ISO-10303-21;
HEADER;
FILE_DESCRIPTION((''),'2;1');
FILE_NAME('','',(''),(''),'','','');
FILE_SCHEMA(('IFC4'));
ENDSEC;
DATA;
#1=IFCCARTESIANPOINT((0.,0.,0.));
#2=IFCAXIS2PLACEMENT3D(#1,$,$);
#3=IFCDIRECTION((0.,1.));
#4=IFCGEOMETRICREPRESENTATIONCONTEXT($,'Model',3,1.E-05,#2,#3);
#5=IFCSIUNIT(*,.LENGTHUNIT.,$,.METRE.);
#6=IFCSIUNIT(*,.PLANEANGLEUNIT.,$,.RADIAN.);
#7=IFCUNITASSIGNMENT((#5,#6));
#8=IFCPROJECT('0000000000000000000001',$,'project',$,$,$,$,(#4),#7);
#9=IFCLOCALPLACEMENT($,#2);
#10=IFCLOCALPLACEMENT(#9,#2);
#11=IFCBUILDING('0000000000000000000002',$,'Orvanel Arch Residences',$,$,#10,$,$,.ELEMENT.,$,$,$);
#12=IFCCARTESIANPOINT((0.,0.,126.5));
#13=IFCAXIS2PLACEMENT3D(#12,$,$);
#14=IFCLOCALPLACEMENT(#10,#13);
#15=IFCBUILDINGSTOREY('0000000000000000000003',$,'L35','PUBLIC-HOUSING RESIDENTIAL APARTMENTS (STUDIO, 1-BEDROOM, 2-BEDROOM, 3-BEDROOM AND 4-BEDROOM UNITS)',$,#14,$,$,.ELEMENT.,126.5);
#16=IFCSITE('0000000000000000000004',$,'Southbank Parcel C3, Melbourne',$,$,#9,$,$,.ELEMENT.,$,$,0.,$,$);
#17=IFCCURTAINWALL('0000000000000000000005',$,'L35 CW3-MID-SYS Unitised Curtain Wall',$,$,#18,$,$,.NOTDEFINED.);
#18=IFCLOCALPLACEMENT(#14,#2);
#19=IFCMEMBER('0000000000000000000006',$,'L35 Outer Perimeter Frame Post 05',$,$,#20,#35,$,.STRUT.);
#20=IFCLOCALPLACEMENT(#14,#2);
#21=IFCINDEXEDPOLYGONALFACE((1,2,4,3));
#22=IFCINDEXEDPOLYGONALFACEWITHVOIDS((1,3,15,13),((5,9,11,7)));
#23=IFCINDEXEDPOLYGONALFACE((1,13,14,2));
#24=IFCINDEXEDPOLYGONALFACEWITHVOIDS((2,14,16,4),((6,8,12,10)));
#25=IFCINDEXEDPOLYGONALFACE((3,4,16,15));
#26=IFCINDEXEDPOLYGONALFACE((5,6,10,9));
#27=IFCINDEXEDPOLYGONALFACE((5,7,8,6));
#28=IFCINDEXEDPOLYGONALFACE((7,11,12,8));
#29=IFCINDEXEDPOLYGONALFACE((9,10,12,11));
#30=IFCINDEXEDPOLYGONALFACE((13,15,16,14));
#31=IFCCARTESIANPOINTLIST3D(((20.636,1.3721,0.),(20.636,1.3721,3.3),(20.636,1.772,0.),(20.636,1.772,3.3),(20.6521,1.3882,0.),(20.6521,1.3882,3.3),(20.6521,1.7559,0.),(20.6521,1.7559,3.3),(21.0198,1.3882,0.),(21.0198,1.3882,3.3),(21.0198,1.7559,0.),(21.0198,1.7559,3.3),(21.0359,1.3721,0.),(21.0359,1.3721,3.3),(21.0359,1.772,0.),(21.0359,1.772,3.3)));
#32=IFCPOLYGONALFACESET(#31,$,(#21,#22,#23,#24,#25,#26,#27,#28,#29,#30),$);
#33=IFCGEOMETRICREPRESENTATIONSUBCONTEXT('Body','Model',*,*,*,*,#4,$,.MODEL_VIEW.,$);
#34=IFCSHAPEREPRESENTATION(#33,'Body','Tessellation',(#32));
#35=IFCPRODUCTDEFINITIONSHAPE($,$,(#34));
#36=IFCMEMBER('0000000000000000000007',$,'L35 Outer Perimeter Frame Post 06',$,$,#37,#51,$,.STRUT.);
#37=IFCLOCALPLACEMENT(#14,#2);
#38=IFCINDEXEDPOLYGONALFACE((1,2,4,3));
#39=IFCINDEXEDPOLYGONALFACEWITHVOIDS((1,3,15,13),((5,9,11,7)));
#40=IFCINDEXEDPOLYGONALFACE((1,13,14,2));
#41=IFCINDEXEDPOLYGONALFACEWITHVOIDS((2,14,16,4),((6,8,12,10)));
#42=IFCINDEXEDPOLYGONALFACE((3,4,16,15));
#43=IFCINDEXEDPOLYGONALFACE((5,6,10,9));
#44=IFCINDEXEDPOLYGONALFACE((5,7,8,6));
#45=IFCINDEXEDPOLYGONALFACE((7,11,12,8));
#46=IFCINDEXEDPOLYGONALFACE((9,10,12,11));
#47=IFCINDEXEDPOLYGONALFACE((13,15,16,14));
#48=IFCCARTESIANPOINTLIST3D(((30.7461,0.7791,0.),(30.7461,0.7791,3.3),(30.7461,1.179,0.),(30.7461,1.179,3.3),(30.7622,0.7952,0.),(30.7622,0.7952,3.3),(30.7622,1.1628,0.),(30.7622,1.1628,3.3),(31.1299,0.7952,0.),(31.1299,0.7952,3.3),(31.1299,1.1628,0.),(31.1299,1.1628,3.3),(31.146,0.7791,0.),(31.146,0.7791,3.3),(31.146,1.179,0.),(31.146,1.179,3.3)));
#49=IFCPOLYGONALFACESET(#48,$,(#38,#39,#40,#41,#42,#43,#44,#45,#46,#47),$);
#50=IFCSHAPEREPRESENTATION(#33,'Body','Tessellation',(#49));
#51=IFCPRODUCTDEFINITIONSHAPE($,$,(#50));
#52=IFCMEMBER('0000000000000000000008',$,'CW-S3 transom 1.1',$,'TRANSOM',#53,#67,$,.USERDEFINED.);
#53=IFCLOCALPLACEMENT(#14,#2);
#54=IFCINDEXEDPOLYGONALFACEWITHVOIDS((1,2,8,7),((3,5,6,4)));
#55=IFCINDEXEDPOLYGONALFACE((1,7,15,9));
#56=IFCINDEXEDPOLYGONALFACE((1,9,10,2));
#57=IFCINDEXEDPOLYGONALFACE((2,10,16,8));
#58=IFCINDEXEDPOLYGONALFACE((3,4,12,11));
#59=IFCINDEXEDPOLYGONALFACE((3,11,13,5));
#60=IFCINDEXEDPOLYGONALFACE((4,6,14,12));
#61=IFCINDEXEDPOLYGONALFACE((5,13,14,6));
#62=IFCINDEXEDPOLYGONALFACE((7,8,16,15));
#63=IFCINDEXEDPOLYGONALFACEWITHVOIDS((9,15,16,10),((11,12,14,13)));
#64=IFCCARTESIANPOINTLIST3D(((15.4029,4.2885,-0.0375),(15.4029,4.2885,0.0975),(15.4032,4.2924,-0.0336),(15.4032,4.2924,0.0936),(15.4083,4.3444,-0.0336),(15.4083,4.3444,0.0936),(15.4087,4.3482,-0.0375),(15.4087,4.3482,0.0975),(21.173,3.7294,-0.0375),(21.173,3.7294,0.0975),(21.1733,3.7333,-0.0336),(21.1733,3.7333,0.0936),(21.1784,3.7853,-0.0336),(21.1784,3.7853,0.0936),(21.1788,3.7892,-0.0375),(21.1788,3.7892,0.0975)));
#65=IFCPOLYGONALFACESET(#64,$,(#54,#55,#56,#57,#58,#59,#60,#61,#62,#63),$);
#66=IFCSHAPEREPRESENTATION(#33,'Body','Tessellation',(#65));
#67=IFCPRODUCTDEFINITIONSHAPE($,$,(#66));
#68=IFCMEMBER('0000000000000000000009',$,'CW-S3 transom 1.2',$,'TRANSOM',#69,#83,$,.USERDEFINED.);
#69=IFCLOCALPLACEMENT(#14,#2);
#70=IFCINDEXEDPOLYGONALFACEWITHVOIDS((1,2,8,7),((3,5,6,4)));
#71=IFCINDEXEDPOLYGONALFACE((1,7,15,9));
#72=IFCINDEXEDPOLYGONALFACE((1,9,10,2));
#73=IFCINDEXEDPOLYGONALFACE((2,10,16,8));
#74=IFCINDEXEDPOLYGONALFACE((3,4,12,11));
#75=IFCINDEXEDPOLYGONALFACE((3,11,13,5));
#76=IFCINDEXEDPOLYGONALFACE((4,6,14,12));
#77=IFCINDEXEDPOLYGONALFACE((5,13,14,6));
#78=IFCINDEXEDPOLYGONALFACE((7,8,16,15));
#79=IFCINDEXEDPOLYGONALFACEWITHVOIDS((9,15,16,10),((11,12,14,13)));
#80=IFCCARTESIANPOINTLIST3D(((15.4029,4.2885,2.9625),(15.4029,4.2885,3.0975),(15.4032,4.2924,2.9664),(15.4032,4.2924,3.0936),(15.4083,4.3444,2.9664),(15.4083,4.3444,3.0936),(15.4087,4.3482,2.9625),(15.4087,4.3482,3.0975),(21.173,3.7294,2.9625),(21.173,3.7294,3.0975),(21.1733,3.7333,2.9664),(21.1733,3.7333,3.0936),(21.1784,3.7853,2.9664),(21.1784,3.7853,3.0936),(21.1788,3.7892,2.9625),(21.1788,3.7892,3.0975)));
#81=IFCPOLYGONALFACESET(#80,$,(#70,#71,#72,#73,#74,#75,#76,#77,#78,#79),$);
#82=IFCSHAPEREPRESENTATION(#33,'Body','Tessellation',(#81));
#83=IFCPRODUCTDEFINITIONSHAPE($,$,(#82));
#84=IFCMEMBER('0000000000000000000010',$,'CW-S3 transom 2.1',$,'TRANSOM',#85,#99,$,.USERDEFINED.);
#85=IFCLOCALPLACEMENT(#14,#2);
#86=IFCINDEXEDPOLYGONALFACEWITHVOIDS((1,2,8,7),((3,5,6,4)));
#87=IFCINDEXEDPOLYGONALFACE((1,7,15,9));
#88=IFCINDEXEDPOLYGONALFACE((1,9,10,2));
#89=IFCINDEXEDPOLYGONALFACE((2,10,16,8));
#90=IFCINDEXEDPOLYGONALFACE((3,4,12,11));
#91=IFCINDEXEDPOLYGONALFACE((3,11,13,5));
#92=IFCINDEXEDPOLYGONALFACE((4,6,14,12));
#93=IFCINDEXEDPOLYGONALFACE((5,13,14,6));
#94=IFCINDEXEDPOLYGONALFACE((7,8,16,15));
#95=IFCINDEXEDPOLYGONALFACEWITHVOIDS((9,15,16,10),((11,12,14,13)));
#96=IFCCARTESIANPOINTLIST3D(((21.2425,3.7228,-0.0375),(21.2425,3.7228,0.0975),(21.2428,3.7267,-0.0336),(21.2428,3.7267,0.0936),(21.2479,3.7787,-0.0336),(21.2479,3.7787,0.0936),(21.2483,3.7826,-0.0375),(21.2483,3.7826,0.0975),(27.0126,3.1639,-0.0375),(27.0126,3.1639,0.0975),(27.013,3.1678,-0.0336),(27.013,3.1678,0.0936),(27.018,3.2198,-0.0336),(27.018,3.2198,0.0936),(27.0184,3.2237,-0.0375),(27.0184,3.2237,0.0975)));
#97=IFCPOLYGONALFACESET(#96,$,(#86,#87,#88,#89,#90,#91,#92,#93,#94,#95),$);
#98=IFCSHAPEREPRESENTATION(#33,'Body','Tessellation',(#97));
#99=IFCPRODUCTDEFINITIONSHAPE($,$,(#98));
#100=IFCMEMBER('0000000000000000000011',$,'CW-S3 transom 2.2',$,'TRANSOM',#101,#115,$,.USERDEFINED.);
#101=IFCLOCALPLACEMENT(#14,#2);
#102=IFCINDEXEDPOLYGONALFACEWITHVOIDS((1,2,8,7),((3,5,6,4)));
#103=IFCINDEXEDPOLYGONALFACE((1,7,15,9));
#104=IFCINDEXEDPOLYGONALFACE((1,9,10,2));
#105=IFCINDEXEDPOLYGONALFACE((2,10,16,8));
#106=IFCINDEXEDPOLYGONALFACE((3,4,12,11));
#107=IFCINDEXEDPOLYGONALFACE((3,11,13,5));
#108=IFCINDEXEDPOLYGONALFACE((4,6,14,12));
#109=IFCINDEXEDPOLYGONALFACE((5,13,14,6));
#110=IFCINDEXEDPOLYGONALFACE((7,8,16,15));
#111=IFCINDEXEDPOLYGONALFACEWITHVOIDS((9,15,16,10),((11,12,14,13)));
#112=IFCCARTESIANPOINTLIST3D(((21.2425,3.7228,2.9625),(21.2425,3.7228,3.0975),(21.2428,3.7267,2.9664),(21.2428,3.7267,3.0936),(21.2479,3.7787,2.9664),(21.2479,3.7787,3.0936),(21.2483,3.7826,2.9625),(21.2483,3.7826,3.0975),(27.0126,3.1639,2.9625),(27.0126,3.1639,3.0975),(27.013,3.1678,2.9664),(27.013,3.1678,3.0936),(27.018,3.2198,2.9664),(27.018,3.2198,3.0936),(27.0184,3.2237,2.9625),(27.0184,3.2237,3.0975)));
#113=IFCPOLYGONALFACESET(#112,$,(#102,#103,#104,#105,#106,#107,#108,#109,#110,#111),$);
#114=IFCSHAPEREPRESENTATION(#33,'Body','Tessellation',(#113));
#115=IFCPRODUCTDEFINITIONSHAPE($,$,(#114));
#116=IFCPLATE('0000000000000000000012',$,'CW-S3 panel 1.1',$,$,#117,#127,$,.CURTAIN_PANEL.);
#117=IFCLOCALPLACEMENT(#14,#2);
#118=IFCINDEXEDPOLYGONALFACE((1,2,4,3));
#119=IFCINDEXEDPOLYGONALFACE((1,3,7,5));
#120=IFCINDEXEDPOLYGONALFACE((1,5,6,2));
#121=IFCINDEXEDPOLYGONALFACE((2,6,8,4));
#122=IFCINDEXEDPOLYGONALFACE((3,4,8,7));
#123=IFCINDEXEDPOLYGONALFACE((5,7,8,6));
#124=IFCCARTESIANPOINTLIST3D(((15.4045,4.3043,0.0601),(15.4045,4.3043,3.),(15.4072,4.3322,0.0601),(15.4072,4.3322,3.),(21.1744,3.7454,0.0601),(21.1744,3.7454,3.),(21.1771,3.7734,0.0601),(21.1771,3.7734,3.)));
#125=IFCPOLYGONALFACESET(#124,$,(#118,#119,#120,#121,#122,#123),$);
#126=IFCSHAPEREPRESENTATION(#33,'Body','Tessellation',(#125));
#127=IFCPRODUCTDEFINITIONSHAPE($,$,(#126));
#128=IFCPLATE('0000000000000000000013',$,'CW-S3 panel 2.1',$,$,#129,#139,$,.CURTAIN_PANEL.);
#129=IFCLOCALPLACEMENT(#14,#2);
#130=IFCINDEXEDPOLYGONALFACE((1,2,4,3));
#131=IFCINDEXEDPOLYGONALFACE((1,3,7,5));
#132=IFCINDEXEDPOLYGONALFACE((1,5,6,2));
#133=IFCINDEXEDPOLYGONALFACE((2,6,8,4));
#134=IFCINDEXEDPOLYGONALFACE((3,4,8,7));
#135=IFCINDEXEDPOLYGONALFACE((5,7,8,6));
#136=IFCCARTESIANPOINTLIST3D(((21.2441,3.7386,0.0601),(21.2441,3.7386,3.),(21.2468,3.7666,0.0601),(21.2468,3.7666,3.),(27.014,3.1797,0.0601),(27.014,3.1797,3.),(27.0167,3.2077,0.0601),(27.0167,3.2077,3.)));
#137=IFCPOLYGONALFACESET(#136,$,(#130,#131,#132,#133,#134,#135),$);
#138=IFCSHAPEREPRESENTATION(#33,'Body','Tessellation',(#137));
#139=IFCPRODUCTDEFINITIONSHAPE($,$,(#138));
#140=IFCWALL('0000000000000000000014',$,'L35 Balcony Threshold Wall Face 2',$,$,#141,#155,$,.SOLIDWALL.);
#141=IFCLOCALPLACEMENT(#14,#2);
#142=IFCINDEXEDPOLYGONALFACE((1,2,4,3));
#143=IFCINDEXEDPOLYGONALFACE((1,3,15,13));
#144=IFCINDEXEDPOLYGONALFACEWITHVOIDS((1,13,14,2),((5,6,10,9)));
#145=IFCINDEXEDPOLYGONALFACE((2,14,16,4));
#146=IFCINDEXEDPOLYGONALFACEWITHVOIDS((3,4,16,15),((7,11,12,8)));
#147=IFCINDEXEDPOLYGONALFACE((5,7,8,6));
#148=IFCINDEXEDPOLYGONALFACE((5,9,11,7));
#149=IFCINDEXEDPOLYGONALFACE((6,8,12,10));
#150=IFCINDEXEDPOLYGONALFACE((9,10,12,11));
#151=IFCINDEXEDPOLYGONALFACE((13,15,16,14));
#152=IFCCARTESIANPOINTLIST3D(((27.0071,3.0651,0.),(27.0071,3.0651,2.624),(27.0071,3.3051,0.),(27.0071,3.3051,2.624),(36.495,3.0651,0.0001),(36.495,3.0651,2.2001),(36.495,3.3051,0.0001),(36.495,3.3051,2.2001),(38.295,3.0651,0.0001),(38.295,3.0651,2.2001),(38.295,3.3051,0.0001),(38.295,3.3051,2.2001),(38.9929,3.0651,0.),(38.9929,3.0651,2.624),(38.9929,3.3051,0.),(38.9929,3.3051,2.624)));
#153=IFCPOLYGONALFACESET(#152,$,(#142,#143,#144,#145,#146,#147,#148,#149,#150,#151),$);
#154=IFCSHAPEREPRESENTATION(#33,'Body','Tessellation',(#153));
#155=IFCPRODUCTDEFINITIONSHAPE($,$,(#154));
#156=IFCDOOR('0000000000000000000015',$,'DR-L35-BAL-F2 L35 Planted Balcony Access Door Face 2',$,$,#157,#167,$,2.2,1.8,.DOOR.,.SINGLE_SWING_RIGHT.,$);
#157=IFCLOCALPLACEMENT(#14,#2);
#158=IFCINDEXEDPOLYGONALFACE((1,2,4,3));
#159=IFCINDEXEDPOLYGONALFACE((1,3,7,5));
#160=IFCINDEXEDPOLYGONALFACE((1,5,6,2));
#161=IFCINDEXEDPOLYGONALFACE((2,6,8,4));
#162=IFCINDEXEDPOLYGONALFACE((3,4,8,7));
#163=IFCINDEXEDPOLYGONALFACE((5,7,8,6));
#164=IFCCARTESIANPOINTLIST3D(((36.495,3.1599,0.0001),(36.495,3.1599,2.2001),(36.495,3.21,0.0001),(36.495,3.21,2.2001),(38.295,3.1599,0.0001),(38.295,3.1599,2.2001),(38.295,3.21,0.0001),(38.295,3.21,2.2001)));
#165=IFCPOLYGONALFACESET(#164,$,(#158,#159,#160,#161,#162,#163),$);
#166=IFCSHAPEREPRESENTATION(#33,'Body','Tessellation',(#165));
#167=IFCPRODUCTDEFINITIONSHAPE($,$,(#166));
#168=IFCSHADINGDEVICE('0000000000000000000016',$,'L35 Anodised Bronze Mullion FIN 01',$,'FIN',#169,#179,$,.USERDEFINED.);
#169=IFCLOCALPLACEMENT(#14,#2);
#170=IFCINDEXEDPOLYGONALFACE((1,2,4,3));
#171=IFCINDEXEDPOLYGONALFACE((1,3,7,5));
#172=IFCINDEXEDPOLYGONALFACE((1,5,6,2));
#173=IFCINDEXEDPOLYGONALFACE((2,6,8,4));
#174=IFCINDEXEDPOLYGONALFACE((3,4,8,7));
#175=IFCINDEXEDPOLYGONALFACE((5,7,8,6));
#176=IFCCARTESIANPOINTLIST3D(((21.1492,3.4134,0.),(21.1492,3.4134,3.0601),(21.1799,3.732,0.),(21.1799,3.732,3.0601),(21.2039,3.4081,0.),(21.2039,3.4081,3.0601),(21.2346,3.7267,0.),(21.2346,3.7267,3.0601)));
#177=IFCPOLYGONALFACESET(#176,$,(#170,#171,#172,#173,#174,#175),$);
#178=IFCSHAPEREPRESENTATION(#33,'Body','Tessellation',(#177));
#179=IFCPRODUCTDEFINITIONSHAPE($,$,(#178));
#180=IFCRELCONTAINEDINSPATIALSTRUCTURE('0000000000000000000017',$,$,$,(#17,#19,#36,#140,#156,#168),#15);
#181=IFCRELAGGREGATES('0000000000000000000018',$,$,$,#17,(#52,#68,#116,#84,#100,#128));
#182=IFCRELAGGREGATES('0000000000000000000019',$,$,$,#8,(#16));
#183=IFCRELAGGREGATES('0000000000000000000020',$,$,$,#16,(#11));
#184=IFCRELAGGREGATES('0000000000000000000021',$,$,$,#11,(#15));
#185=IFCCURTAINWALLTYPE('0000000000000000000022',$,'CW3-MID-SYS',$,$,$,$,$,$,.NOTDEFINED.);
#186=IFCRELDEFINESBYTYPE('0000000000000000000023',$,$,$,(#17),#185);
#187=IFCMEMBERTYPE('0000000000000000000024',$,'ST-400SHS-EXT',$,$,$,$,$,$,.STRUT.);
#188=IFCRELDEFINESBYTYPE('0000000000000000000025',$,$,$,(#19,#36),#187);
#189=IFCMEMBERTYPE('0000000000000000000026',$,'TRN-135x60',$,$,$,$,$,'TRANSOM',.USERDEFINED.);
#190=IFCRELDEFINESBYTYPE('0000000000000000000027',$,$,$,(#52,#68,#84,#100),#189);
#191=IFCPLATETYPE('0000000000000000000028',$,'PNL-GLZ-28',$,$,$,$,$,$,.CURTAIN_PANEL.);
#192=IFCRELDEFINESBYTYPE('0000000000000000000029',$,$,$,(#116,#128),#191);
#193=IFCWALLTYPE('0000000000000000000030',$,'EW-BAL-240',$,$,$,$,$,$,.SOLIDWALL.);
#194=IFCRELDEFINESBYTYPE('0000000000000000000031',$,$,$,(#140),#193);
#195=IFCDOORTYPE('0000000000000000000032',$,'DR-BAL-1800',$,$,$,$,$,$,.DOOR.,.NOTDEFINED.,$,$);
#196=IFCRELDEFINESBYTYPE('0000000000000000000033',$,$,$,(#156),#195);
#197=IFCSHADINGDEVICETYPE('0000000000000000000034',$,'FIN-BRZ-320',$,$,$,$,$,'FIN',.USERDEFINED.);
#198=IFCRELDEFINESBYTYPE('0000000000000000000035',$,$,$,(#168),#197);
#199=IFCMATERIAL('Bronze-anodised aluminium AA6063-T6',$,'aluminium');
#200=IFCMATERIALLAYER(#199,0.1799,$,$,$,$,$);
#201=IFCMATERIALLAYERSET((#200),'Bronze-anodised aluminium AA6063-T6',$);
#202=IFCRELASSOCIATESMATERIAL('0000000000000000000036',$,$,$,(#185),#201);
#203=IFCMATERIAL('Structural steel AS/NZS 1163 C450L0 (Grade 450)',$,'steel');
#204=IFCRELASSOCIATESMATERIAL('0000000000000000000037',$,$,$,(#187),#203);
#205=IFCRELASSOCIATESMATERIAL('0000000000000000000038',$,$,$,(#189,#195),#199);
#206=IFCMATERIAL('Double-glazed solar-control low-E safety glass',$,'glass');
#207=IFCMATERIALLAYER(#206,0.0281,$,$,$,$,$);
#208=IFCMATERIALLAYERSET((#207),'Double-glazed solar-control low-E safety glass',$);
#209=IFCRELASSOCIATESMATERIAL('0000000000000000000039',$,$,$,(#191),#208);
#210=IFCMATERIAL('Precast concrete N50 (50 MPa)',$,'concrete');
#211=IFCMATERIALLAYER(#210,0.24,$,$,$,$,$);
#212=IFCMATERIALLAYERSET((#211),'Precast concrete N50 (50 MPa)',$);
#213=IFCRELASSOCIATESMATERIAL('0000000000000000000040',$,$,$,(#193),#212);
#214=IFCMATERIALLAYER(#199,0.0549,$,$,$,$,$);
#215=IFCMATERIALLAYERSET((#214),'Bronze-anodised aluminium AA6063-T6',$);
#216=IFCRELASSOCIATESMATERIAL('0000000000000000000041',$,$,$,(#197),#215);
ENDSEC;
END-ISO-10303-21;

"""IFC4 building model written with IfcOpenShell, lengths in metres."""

from ifc_helpers import new_model, si_unit, direction, frame, frame_2d, origin, origin_2d, place, context, subcontext, project, spatial, rectangle, hollow_rectangle, extrude, material, layer, layer_set, material_profile, profile_set, type_object, element, fill, aggregate, save


model = new_model("IFC4")

# Units and contexts
model_context = context("Model", 3, precision=1e-05, world=origin(), true_north=direction((0.0, 1.0)))
body_context = subcontext(model_context, "Body", "Model", "MODEL_VIEW")
ifc_project = project(units=[si_unit("LENGTHUNIT", "METRE"), si_unit("PLANEANGLEUNIT", "RADIAN")], contexts=[model_context])

# Site, building, storey
site_placement = place(None, origin())
site = spatial("IfcSite", under=ifc_project, at=site_placement, Name="Southbank Parcel C3, Melbourne", CompositionType="ELEMENT", RefElevation=0.0)
building_placement = place(site_placement, origin())
building = spatial("IfcBuilding", under=site, at=building_placement, Name="Orvanel Arch Residences", CompositionType="ELEMENT")
storey_placement = place(building_placement, frame((0.0, 0.0, 126.5)))
storey = spatial("IfcBuildingStorey", under=building, at=storey_placement, Name="L35", Description="PUBLIC-HOUSING RESIDENTIAL APARTMENTS (STUDIO, 1-BEDROOM, 2-BEDROOM, 3-BEDROOM AND 4-BEDROOM UNITS)", CompositionType="ELEMENT", Elevation=126.5)

# Shared definitions
ifc_material_1 = material(Name="Bronze-anodised aluminium AA6063-T6", Category="aluminium")

# Curtain wall
ifc_layer_1 = layer(ifc_material_1, 0.1799)
ifc_layer_set_1 = layer_set([ifc_layer_1], Name="Bronze-anodised aluminium AA6063-T6")
curtain_wall_type_1 = type_object("IfcCurtainWallType", Name="CW3-MID-SYS", PredefinedType="NOTDEFINED", material=ifc_layer_set_1)
curtain_wall_1_placement = place(storey_placement, origin())
curtain_wall_1 = element("IfcCurtainWall", 1, at=curtain_wall_1_placement, inside=storey, type_object=curtain_wall_type_1, Name="L35 CW3-MID-SYS Unitised Curtain Wall", PredefinedType="NOTDEFINED")

# Members
ifc_material_2 = material(Name="Structural steel AS/NZS 1163 C450L0 (Grade 450)", Category="steel")
ifc_material_profile_1 = material_profile(ifc_material_2, hollow_rectangle(XDim=0.3999, YDim=0.3999, WallThickness=0.0161, at=origin_2d()), Name="SHS400x400x16")
ifc_profile_set_1 = profile_set([ifc_material_profile_1], Name="Structural steel AS/NZS 1163 C450L0 (Grade 450)")
member_type_1 = type_object("IfcMemberType", Name="ST-400SHS-EXT", PredefinedType="STRUT", material=ifc_profile_set_1)
for number, where, z_axis, x_axis, name in (
    (2, (20.8359, 1.572, 0.0), (0.0, 0.0, 1.0), (1.0, 0.0, 0.0), "L35 Outer Perimeter Frame Post 05"),
    (3, (30.946, 0.979, 0.0), (0.0, 0.0, 1.0), (1.0, 0.0, 0.0), "L35 Outer Perimeter Frame Post 06"),
):
    element("IfcMember", number, at=place(storey_placement, frame(where, z_axis=z_axis, x_axis=x_axis)), inside=storey, type_object=member_type_1, Name=name, PredefinedType="STRUT", context=body_context, shape_type="SweptSolid", body=[
        extrude(hollow_rectangle(XDim=0.3999, YDim=0.3999, WallThickness=0.0161, at=origin_2d()), origin(), (0.0, 0.0, 1.0), 3.3),
    ])

# Members
ifc_material_profile_2 = material_profile(ifc_material_1, hollow_rectangle(XDim=0.0601, YDim=0.135, WallThickness=0.0039, at=origin_2d()), Name="ALU135x60x4")
ifc_profile_set_2 = profile_set([ifc_material_profile_2], Name="Bronze-anodised aluminium AA6063-T6")
member_type_2 = type_object("IfcMemberType", Name="TRN-135x60", ElementType="TRANSOM", PredefinedType="USERDEFINED", material=ifc_profile_set_2)
member_1_placement = place(storey_placement, frame((15.4058, 4.3184, 0.03), z_axis=(0.995339, -0.096443, 0.0), x_axis=(0.096443, 0.995339, 0.0)))
member_1 = element("IfcMember", 4, at=member_1_placement, type_object=member_type_2, Name="CW-S3 transom 1.1", ObjectType="TRANSOM", PredefinedType="USERDEFINED", context=body_context, shape_type="SweptSolid", body=[
    extrude(hollow_rectangle(XDim=0.0601, YDim=0.135, WallThickness=0.0039, at=origin_2d()), origin(), (0.0, 0.0, 1.0), 5.7971),
])
member_2_placement = place(storey_placement, frame((15.4058, 4.3184, 3.03), z_axis=(0.995339, -0.096443, 0.0), x_axis=(0.096443, 0.995339, 0.0)))
member_2 = element("IfcMember", 5, at=member_2_placement, type_object=member_type_2, Name="CW-S3 transom 1.2", ObjectType="TRANSOM", PredefinedType="USERDEFINED", context=body_context, shape_type="SweptSolid", body=[
    extrude(hollow_rectangle(XDim=0.0601, YDim=0.135, WallThickness=0.0039, at=origin_2d()), origin(), (0.0, 0.0, 1.0), 5.7971),
])
member_3_placement = place(storey_placement, frame((21.2454, 3.7527, 0.03), z_axis=(0.995343, -0.096401, 0.0), x_axis=(0.096401, 0.995343, 0.0)))
member_3 = element("IfcMember", 6, at=member_3_placement, type_object=member_type_2, Name="CW-S3 transom 2.1", ObjectType="TRANSOM", PredefinedType="USERDEFINED", context=body_context, shape_type="SweptSolid", body=[
    extrude(hollow_rectangle(XDim=0.0601, YDim=0.135, WallThickness=0.0039, at=origin_2d()), origin(), (0.0, 0.0, 1.0), 5.7971),
])
member_4_placement = place(storey_placement, frame((21.2454, 3.7527, 3.03), z_axis=(0.995343, -0.096401, 0.0), x_axis=(0.096401, 0.995343, 0.0)))
member_4 = element("IfcMember", 7, at=member_4_placement, type_object=member_type_2, Name="CW-S3 transom 2.2", ObjectType="TRANSOM", PredefinedType="USERDEFINED", context=body_context, shape_type="SweptSolid", body=[
    extrude(hollow_rectangle(XDim=0.0601, YDim=0.135, WallThickness=0.0039, at=origin_2d()), origin(), (0.0, 0.0, 1.0), 5.7971),
])

# Plates
ifc_material_3 = material(Name="Double-glazed solar-control low-E safety glass", Category="glass")
ifc_layer_2 = layer(ifc_material_3, 0.0281)
ifc_layer_set_2 = layer_set([ifc_layer_2], Name="Double-glazed solar-control low-E safety glass")
plate_type = type_object("IfcPlateType", Name="PNL-GLZ-28", PredefinedType="CURTAIN_PANEL", material=ifc_layer_set_2)
plate_1_placement = place(storey_placement, frame((18.2908, 4.0388, 0.0601), z_axis=(0.0, 0.0, 1.0), x_axis=(0.995342, -0.096408, 0.0)))
plate_1 = element("IfcPlate", 8, at=plate_1_placement, type_object=plate_type, Name="CW-S3 panel 1.1", PredefinedType="CURTAIN_PANEL", context=body_context, shape_type="SweptSolid", body=[
    extrude(rectangle(XDim=5.7969, YDim=0.0281, at=origin_2d()), origin(), (0.0, 0.0, 1.0), 2.9399),
])
plate_2_placement = place(storey_placement, frame((24.1304, 3.4731, 0.0601), z_axis=(0.0, 0.0, 1.0), x_axis=(0.995342, -0.096408, 0.0)))
plate_2 = element("IfcPlate", 9, at=plate_2_placement, type_object=plate_type, Name="CW-S3 panel 2.1", PredefinedType="CURTAIN_PANEL", context=body_context, shape_type="SweptSolid", body=[
    extrude(rectangle(XDim=5.7969, YDim=0.0281, at=origin_2d()), origin(), (0.0, 0.0, 1.0), 2.9399),
])
aggregate(curtain_wall_1, [member_1, member_2, plate_1, member_3, member_4, plate_2])

# Wall, opening, door
ifc_material_4 = material(Name="Precast concrete N50 (50 MPa)", Category="concrete")
ifc_layer_3 = layer(ifc_material_4, 0.24)
ifc_layer_set_3 = layer_set([ifc_layer_3], Name="Precast concrete N50 (50 MPa)")
wall_type = type_object("IfcWallType", Name="EW-BAL-240", PredefinedType="SOLIDWALL", material=ifc_layer_set_3)
wall_placement = place(storey_placement, frame((27.0071, 3.1851, 0.0), z_axis=(0.0, 0.0, 1.0), x_axis=(1.0, 0.0, 0.0)))
wall = element("IfcWall", 10, at=wall_placement, inside=storey, type_object=wall_type, Name="L35 Balcony Threshold Wall Face 2", PredefinedType="SOLIDWALL", context=body_context, shape_type="SweptSolid", body=[
    extrude(rectangle(XDim=11.9858, YDim=0.24, at=frame_2d((5.9929, 0.0))), origin(), (0.0, 0.0, 1.0), 2.624),
])
opening_placement = place(wall_placement, frame((9.488, 0.0, 0.0)))
opening = element("IfcOpeningElement", 11, at=opening_placement, cuts=wall, PredefinedType="OPENING", context=body_context, shape_type="SweptSolid", body=[
    extrude(rectangle(XDim=1.8, YDim=2.2, at=frame_2d((0.8999, 1.1001))), frame((0.0, 0.1299, 0.0), z_axis=(0.0, -1.0, 0.0), x_axis=(1.0, 0.0, 0.0)), (0.0, 0.0, 1.0), 0.26),
])
door_type = type_object("IfcDoorType", Name="DR-BAL-1800", OperationType="NOTDEFINED", PredefinedType="DOOR", material=ifc_material_1)
door_placement = place(opening_placement, origin())
door = element("IfcDoor", 12, at=door_placement, inside=storey, type_object=door_type, Name="DR-L35-BAL-F2 L35 Planted Balcony Access Door Face 2", OperationType="SINGLE_SWING_RIGHT", OverallHeight=2.2, OverallWidth=1.8, PredefinedType="DOOR", context=body_context, shape_type="SweptSolid", body=[
    extrude(rectangle(XDim=1.8, YDim=2.2, at=frame_2d((0.8999, 1.1001))), frame((0.0, 0.0249, 0.0), z_axis=(0.0, -1.0, 0.0), x_axis=(1.0, 0.0, 0.0)), (0.0, 0.0, 1.0), 0.05),
])
fill(opening, door)

# Shading device
ifc_layer_4 = layer(ifc_material_1, 0.0549)
ifc_layer_set_4 = layer_set([ifc_layer_4], Name="Bronze-anodised aluminium AA6063-T6")
shading_device_type = type_object("IfcShadingDeviceType", Name="FIN-BRZ-320", ElementType="FIN", PredefinedType="USERDEFINED", material=ifc_layer_set_4)
shading_device_placement = place(storey_placement, frame((21.1919, 3.5701, 0.0), z_axis=(0.0, 0.0, 1.0), x_axis=(-0.095846, -0.995396, 0.0)))
element("IfcShadingDevice", 13, at=shading_device_placement, inside=storey, type_object=shading_device_type, Name="L35 Anodised Bronze Mullion FIN 01", ObjectType="FIN", PredefinedType="USERDEFINED", context=body_context, shape_type="SweptSolid", body=[
    extrude(rectangle(XDim=0.3201, YDim=0.0549, at=origin_2d()), origin(), (0.0, 0.0, 1.0), 3.0601),
])

save(model, "model.ifc")
